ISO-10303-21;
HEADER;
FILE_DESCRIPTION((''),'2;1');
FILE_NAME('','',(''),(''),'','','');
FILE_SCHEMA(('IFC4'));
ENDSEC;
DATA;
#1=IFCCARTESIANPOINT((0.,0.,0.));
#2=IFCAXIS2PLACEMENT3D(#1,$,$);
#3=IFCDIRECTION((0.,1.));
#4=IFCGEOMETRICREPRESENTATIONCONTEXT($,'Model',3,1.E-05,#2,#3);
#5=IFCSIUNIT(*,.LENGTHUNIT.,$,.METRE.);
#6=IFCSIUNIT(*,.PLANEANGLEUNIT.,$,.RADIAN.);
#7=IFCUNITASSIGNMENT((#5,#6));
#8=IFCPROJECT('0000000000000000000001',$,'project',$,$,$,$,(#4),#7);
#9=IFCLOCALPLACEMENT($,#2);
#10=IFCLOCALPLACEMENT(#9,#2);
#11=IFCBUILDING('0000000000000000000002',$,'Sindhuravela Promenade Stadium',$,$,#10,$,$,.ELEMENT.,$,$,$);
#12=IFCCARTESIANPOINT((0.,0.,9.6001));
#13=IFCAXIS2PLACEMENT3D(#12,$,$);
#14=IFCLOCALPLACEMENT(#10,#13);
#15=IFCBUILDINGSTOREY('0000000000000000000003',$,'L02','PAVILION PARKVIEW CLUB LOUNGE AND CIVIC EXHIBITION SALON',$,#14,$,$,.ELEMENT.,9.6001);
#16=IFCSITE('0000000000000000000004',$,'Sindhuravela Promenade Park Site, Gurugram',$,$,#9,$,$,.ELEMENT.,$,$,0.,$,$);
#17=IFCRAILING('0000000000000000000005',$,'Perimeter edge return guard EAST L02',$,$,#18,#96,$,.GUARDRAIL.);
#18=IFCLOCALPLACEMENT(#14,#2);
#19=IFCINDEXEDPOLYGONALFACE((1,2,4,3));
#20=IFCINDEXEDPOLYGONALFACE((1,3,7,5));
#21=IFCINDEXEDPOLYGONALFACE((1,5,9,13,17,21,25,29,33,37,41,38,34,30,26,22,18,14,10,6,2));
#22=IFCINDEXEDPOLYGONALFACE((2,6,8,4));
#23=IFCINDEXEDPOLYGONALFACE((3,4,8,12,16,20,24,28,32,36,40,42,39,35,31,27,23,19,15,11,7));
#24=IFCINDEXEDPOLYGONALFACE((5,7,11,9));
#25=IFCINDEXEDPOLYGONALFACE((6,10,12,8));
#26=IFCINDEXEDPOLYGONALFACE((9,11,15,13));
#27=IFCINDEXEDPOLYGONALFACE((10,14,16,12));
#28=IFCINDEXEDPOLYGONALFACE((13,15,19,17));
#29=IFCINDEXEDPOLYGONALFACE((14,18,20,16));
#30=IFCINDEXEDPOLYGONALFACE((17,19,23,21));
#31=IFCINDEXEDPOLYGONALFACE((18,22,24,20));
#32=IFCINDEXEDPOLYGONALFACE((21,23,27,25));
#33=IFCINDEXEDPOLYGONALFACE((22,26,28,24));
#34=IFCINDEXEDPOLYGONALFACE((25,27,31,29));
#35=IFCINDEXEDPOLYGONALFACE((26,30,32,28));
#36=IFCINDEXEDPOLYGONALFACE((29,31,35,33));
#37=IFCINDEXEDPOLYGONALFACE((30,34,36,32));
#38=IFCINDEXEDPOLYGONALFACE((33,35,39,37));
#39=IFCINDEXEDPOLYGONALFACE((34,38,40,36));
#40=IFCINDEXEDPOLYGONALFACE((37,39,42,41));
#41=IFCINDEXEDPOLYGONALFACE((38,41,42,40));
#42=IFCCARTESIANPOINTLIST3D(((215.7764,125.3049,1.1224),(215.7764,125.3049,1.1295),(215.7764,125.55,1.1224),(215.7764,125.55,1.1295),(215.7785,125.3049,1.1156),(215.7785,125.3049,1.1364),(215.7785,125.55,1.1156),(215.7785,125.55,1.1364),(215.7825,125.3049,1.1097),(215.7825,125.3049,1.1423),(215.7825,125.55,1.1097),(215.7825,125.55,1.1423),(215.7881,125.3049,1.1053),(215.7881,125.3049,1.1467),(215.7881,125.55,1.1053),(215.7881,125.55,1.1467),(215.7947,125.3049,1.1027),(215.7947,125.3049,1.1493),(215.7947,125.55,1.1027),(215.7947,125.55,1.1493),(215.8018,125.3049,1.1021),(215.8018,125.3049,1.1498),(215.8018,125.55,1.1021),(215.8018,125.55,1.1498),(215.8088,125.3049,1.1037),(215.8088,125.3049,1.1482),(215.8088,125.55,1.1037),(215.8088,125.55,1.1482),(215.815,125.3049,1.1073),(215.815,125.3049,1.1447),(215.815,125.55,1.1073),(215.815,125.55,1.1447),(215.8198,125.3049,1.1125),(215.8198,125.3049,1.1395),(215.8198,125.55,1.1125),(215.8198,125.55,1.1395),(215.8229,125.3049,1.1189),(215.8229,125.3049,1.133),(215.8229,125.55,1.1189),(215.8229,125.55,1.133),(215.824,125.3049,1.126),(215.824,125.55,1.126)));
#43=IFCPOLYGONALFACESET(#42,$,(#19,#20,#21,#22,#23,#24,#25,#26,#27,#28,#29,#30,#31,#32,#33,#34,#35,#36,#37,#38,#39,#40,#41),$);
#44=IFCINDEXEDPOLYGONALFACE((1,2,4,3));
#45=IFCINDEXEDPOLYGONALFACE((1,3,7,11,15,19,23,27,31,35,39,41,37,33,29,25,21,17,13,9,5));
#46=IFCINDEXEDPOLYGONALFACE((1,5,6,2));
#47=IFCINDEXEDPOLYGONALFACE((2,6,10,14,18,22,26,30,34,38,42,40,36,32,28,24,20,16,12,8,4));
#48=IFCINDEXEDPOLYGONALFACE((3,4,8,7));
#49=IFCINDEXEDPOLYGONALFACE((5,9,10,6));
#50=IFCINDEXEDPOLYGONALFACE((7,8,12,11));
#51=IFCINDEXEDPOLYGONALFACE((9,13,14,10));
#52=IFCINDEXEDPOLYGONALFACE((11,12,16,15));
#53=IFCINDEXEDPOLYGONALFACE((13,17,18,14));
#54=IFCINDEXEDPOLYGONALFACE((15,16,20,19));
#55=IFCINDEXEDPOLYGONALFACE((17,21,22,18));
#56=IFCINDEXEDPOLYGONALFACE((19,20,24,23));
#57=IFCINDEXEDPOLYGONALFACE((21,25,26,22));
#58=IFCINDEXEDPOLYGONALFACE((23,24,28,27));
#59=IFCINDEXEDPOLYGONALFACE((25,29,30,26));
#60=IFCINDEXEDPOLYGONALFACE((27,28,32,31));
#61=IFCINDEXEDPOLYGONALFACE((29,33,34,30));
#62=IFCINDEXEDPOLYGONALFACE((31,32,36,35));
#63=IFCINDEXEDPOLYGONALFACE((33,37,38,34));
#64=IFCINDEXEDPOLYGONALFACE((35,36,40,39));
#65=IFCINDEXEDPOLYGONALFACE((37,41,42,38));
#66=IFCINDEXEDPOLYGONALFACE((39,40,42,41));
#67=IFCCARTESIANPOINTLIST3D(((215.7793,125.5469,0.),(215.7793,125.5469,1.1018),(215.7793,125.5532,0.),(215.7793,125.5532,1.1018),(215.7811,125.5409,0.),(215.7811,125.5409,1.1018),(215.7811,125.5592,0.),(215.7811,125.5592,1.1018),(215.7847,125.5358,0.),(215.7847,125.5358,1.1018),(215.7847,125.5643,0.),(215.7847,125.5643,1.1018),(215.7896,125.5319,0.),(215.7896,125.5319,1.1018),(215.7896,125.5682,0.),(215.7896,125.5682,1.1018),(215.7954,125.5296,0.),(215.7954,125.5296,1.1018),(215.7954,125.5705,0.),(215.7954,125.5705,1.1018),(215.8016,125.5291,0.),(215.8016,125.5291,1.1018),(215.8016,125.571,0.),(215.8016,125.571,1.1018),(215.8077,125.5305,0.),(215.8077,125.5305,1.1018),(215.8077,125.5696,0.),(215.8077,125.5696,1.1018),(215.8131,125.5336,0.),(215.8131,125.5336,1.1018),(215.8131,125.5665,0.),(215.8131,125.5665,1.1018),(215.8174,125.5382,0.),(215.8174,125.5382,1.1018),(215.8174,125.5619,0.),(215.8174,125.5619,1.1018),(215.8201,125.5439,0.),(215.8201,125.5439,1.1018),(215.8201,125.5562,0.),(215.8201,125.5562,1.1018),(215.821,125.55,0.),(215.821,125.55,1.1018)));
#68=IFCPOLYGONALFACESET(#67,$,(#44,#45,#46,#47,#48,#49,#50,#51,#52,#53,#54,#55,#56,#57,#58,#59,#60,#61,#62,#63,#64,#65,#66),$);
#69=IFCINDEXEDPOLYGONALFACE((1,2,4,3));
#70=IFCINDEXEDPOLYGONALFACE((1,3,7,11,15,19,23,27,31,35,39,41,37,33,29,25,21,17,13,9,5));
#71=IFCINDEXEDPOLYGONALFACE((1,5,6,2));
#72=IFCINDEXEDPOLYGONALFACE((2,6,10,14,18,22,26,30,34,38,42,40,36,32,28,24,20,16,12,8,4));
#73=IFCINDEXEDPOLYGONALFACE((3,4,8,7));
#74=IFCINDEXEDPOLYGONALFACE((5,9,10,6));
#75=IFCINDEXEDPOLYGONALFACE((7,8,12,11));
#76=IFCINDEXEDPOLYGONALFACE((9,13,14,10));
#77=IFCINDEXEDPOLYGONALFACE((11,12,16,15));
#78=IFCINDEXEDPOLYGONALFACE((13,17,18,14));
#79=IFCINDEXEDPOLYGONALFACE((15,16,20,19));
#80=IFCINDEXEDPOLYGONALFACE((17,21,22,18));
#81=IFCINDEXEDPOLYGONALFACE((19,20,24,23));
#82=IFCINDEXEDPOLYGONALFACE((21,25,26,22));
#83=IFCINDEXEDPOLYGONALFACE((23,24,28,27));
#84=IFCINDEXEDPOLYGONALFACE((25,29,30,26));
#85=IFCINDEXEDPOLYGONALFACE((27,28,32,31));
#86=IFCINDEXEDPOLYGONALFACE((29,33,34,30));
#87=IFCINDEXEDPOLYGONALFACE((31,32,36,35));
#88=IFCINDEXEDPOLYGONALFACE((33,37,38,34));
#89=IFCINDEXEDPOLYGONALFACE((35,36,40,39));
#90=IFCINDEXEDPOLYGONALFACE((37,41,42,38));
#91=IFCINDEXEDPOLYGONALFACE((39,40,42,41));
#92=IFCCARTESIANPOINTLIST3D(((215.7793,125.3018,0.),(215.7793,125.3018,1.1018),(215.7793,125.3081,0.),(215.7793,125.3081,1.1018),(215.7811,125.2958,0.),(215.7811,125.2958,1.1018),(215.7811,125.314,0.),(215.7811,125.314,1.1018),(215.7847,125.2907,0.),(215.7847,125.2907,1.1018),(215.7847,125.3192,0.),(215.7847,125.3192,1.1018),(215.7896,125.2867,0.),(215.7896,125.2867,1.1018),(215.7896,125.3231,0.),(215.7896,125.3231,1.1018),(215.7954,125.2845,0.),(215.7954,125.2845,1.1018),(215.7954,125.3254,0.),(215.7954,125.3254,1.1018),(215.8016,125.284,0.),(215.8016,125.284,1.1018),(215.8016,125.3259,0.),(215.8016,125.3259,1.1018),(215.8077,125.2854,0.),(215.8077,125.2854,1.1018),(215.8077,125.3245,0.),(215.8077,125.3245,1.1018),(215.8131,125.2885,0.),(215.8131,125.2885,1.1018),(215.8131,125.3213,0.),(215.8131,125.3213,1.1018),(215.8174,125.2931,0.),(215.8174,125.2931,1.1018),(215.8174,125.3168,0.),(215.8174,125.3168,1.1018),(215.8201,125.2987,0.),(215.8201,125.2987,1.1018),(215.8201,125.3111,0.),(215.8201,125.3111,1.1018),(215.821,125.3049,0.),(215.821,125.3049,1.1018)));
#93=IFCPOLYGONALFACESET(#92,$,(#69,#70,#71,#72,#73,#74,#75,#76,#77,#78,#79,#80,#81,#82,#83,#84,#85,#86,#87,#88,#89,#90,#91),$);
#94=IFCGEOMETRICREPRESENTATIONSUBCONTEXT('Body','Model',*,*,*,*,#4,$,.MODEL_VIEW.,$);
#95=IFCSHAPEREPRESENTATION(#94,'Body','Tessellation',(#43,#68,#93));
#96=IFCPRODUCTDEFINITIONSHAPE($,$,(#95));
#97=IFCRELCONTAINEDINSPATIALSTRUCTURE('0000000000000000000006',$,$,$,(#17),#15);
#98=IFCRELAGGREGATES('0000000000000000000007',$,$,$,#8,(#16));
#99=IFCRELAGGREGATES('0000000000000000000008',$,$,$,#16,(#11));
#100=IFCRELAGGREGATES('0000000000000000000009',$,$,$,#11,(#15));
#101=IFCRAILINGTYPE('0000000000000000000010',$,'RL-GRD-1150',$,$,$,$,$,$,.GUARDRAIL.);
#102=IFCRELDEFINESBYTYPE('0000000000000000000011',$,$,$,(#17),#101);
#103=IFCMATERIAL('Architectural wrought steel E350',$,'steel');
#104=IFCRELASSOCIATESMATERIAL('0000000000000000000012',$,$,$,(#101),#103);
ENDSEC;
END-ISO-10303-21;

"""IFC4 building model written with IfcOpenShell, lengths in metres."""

from ifc_helpers import new_model, si_unit, direction, frame, origin, origin_2d, place, context, subcontext, project, spatial, circle, extrude, material, type_object, element, save


model = new_model("IFC4")

# Units and contexts
model_context = context("Model", 3, precision=1e-05, world=origin(), true_north=direction((0.0, 1.0)))
body_context = subcontext(model_context, "Body", "Model", "MODEL_VIEW")
ifc_project = project(units=[si_unit("LENGTHUNIT", "METRE"), si_unit("PLANEANGLEUNIT", "RADIAN")], contexts=[model_context])

# Site, building, storey
site_placement = place(None, origin())
site = spatial("IfcSite", under=ifc_project, at=site_placement, Name="Sindhuravela Promenade Park Site, Gurugram", CompositionType="ELEMENT", RefElevation=0.0)
building_placement = place(site_placement, origin())
building = spatial("IfcBuilding", under=site, at=building_placement, Name="Sindhuravela Promenade Stadium", CompositionType="ELEMENT")
storey_placement = place(building_placement, frame((0.0, 0.0, 9.6001)))
storey = spatial("IfcBuildingStorey", under=building, at=storey_placement, Name="L02", Description="PAVILION PARKVIEW CLUB LOUNGE AND CIVIC EXHIBITION SALON", CompositionType="ELEMENT", Elevation=9.6001)

# Railing
ifc_material_1 = material(Name="Architectural wrought steel E350", Category="steel")
railing_type = type_object("IfcRailingType", Name="RL-GRD-1150", PredefinedType="GUARDRAIL", material=ifc_material_1)
railing_placement = place(storey_placement, frame((215.8, 125.55, 0.0)))
element("IfcRailing", 1, at=railing_placement, inside=storey, type_object=railing_type, Name="Perimeter edge return guard EAST L02", PredefinedType="GUARDRAIL", context=body_context, shape_type="SweptSolid", body=[
    extrude(circle(Radius=0.0239, at=origin_2d()), frame((0.0, 0.0, 1.126), z_axis=(0.0, -1.0, 0.0), x_axis=(1.0, 0.0, 0.0)), (0.0, 0.0, 1.0), 0.2451),
    extrude(circle(Radius=0.021, at=origin_2d()), origin(), (0.0, 0.0, 1.0), 1.1018),
    extrude(circle(Radius=0.021, at=origin_2d()), frame((0.0, -0.2451, 0.0)), (0.0, 0.0, 1.0), 1.1018),
])

save(model, "model.ifc")
